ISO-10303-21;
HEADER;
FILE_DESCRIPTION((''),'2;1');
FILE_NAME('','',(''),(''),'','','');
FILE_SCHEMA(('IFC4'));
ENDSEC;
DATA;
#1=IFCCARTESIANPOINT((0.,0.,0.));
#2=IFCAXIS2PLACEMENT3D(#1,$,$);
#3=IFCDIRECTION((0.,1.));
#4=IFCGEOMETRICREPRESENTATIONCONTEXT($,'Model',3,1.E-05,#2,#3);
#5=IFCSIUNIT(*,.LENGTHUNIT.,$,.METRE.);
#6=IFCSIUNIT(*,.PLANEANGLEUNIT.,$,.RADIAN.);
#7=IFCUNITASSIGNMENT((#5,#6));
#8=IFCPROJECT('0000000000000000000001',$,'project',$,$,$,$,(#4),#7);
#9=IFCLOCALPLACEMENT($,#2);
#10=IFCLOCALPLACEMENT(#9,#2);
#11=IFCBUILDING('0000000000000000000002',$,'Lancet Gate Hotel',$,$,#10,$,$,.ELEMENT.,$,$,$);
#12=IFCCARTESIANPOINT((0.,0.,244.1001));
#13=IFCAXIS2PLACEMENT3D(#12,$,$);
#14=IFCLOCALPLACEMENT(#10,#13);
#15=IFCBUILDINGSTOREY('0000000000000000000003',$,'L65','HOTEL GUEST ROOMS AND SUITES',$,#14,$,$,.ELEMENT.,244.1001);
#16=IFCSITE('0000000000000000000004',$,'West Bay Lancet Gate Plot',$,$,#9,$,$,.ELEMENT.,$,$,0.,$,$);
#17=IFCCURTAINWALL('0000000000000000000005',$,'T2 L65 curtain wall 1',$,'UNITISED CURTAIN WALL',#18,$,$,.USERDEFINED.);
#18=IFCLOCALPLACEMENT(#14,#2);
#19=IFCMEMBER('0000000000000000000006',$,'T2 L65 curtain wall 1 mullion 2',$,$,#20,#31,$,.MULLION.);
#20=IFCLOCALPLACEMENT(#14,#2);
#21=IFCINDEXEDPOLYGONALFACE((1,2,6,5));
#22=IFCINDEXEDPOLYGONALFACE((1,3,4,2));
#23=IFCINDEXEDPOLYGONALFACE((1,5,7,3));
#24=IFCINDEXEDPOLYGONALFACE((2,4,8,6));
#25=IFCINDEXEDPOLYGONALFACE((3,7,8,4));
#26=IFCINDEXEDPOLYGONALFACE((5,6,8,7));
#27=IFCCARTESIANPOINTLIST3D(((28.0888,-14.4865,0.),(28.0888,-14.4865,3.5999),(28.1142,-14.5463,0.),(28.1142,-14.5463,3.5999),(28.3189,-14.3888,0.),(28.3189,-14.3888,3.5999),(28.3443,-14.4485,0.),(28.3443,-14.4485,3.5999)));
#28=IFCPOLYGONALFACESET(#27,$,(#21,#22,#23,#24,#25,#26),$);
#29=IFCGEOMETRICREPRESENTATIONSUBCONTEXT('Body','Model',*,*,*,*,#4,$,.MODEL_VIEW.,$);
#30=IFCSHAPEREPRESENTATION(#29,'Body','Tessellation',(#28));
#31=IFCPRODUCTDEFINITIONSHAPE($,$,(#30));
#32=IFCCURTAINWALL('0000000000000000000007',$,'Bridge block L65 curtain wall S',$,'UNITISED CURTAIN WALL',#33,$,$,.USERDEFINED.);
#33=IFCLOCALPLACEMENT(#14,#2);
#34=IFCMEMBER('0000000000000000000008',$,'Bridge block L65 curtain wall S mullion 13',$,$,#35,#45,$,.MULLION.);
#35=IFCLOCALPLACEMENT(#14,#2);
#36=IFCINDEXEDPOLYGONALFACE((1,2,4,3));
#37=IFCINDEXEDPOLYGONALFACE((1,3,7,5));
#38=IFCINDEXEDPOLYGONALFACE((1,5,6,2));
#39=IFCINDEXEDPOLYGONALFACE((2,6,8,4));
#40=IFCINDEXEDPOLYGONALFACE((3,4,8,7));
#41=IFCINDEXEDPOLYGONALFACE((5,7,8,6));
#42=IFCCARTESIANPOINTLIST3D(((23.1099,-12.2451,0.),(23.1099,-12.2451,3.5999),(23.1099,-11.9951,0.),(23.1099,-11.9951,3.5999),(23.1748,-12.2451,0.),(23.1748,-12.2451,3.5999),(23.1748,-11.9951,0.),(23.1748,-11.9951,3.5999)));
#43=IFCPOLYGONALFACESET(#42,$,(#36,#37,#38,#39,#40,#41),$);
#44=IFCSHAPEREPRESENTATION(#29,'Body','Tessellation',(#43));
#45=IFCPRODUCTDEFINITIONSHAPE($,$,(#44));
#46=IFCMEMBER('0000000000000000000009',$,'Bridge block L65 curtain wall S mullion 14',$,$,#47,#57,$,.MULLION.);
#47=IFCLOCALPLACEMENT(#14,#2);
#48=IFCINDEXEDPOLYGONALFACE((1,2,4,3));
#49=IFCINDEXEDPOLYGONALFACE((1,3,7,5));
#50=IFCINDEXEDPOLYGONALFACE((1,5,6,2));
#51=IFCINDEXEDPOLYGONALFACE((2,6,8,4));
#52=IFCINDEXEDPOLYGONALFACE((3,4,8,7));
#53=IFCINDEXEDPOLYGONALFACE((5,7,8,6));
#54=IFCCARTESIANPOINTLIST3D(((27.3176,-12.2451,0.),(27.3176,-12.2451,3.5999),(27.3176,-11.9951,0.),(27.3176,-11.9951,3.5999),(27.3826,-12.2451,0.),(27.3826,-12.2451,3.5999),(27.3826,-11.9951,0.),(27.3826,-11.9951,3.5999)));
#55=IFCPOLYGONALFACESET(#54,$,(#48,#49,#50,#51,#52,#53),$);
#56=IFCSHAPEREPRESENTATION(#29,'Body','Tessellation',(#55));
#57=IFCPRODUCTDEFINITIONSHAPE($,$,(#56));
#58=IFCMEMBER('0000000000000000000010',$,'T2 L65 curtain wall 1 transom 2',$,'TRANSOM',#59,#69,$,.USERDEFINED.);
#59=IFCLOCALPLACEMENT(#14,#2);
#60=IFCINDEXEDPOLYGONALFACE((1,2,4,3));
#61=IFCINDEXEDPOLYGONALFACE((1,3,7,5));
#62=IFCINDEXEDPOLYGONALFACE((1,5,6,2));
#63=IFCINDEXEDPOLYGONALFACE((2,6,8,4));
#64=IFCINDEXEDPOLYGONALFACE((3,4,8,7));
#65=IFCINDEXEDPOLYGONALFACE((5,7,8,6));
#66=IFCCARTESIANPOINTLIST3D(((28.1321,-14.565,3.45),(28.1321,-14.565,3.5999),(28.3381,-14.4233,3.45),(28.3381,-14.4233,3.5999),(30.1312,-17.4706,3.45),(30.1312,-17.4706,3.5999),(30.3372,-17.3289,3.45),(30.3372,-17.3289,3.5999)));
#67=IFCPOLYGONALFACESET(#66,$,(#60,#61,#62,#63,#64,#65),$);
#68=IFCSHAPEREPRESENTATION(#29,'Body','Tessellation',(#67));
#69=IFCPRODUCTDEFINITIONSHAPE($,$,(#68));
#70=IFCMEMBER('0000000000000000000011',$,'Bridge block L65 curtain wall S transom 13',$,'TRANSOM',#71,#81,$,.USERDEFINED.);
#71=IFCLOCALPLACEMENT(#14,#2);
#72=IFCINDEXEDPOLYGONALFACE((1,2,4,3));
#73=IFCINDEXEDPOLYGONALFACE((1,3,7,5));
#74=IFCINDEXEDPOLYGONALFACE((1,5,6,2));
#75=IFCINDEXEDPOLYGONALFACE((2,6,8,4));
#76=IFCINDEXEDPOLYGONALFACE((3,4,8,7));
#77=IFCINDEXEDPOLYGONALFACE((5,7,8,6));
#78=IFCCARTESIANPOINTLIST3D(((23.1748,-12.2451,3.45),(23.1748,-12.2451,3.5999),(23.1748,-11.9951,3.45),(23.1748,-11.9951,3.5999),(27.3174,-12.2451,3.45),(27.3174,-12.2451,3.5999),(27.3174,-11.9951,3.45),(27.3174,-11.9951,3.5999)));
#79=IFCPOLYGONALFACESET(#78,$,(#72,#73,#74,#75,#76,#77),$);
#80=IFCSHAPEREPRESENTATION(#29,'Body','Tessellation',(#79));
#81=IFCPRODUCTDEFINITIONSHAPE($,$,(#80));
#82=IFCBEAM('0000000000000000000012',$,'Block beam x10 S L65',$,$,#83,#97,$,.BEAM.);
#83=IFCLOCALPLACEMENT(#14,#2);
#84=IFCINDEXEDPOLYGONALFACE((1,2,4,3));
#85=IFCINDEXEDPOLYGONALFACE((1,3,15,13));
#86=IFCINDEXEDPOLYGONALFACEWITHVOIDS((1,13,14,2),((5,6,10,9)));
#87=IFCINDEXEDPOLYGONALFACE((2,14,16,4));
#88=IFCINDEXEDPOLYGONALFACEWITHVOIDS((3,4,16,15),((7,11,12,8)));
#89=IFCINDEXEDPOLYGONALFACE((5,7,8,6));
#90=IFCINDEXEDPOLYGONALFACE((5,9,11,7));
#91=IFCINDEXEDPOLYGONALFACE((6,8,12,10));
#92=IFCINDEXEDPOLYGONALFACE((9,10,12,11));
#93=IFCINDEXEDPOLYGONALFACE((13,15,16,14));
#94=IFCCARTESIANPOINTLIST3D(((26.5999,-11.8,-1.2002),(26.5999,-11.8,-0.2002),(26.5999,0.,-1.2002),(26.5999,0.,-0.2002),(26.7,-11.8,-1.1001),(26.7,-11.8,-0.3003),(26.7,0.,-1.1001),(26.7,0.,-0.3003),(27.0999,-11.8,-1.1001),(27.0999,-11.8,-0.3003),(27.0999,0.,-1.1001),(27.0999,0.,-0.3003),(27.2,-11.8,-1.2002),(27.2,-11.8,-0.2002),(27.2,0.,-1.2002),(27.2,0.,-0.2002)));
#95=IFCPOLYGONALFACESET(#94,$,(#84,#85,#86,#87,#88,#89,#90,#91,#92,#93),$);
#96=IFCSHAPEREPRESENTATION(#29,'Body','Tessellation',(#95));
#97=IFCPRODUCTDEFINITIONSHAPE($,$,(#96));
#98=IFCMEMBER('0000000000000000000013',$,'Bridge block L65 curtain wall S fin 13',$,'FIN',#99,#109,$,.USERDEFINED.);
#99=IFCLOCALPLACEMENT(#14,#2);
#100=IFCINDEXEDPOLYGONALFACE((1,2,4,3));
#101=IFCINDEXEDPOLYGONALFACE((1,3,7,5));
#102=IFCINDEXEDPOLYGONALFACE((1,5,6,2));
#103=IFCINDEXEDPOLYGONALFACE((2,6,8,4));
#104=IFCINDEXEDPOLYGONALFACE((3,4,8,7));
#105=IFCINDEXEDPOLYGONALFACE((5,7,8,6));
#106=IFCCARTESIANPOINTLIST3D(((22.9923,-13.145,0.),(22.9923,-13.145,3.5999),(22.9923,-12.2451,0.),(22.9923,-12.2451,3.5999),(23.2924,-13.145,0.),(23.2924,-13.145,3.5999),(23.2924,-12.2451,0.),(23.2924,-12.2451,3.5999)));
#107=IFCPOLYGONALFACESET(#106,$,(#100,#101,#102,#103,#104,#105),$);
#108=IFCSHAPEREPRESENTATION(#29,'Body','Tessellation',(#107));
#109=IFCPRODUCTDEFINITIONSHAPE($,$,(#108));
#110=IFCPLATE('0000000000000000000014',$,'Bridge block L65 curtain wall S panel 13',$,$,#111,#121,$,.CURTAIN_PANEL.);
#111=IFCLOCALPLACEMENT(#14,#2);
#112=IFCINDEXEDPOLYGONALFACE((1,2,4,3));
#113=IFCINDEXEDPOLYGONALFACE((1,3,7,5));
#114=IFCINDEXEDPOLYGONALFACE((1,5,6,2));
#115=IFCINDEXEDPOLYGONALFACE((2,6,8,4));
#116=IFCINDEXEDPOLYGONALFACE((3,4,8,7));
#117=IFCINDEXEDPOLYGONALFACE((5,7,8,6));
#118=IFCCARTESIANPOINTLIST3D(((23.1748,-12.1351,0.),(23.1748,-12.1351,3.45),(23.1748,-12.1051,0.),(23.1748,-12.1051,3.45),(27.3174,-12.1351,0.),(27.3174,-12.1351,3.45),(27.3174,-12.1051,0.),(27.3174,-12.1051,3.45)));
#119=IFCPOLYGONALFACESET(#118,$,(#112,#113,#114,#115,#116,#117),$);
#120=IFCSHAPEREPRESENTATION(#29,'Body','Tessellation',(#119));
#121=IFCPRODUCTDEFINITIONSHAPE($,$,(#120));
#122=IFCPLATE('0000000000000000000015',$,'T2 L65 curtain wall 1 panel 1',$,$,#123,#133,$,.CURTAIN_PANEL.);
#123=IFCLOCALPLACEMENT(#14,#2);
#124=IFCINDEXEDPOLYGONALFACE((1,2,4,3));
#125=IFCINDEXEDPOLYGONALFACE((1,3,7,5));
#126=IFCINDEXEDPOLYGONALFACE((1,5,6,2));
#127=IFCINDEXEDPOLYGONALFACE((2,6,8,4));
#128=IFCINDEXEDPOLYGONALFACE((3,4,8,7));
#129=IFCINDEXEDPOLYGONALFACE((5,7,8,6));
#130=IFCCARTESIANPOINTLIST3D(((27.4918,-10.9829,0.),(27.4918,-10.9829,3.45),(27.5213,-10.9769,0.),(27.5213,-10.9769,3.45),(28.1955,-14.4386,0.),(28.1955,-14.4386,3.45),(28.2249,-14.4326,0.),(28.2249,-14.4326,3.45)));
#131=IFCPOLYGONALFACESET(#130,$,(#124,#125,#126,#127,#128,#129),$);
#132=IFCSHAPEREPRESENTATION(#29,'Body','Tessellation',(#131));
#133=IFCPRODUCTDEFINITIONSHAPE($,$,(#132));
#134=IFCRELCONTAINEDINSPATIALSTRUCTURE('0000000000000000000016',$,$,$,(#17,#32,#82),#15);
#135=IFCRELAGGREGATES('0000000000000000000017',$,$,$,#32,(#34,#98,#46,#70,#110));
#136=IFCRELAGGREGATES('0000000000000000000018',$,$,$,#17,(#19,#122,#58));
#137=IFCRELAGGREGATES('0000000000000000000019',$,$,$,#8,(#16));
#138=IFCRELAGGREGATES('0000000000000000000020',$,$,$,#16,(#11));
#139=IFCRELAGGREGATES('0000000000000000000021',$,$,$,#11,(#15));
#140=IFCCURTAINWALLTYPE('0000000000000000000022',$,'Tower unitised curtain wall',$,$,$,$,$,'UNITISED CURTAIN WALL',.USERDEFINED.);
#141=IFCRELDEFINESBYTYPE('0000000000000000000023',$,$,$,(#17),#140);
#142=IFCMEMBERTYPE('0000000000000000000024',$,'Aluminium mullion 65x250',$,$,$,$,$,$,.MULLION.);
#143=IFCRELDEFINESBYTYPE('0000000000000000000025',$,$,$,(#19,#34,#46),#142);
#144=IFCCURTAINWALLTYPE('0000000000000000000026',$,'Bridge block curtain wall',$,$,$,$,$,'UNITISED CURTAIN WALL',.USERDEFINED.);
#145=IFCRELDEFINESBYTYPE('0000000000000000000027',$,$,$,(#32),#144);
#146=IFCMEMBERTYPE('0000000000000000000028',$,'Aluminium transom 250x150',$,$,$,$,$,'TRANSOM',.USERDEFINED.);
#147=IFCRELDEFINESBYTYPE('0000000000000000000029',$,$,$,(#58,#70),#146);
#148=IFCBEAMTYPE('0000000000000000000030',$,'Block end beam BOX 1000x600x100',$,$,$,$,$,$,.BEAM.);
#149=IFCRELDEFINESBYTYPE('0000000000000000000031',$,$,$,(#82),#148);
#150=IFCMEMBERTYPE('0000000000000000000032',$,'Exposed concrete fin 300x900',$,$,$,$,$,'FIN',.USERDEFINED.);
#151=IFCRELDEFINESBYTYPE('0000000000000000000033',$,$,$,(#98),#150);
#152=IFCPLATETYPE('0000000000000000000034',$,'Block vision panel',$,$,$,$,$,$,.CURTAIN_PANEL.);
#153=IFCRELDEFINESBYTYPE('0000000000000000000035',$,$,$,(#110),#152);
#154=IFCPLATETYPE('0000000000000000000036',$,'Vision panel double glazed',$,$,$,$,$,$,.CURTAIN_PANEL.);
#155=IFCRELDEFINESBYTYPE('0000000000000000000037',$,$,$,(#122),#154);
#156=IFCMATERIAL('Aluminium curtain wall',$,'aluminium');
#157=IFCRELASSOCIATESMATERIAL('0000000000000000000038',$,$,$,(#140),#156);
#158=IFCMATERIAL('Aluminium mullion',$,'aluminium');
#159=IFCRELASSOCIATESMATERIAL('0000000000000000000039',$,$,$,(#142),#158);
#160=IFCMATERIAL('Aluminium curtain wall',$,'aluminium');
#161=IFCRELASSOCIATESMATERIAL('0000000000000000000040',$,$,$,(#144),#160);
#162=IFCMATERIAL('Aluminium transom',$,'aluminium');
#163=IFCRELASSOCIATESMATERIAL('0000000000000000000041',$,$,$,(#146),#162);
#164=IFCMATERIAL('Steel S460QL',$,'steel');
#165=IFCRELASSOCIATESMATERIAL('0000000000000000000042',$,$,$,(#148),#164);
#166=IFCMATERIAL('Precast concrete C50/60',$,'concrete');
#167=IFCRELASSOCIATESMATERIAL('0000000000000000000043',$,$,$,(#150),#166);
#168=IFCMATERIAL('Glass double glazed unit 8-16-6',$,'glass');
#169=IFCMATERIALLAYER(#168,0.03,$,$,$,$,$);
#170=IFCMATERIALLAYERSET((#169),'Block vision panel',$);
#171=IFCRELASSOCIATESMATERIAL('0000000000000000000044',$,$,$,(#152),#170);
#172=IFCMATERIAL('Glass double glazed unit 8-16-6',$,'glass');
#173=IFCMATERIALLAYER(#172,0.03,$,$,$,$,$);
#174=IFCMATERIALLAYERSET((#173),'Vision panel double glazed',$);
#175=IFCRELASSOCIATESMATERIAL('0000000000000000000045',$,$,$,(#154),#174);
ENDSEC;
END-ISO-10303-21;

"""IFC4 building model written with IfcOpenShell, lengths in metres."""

from ifc_helpers import new_model, si_unit, direction, frame, origin, origin_2d, place, context, subcontext, project, spatial, rectangle, hollow_rectangle, extrude, material, layer, layer_set, material_profile, profile_set, type_object, element, aggregate, save


model = new_model("IFC4")

# Units and contexts
model_context = context("Model", 3, precision=1e-05, world=origin(), true_north=direction((0.0, 1.0)))
body_context = subcontext(model_context, "Body", "Model", "MODEL_VIEW")
ifc_project = project(units=[si_unit("LENGTHUNIT", "METRE"), si_unit("PLANEANGLEUNIT", "RADIAN")], contexts=[model_context])

# Site, building, storey
site_placement = place(None, origin())
site = spatial("IfcSite", under=ifc_project, at=site_placement, Name="West Bay Lancet Gate Plot", CompositionType="ELEMENT", RefElevation=0.0)
building_placement = place(site_placement, origin())
building = spatial("IfcBuilding", under=site, at=building_placement, Name="Lancet Gate Hotel", CompositionType="ELEMENT")
storey_placement = place(building_placement, frame((0.0, 0.0, 244.1001)))
storey = spatial("IfcBuildingStorey", under=building, at=storey_placement, Name="L65", Description="HOTEL GUEST ROOMS AND SUITES", CompositionType="ELEMENT", Elevation=244.1001)

# Curtain wall, member
ifc_material_1 = material(Name="Aluminium curtain wall", Category="aluminium")
curtain_wall_type_1 = type_object("IfcCurtainWallType", Name="Tower unitised curtain wall", ElementType="UNITISED CURTAIN WALL", PredefinedType="USERDEFINED", material=ifc_material_1)
curtain_wall_1_placement = place(storey_placement, origin())
curtain_wall_1 = element("IfcCurtainWall", 1, at=curtain_wall_1_placement, inside=storey, type_object=curtain_wall_type_1, Name="T2 L65 curtain wall 1", ObjectType="UNITISED CURTAIN WALL", PredefinedType="USERDEFINED")
ifc_material_2 = material(Name="Aluminium mullion", Category="aluminium")
ifc_material_profile_1 = material_profile(ifc_material_2, rectangle(XDim=0.0649, YDim=0.25, at=origin_2d()), Name="MULLION 65x250")
ifc_profile_set_1 = profile_set([ifc_material_profile_1], Name="Aluminium mullion")
member_type_1 = type_object("IfcMemberType", Name="Aluminium mullion 65x250", PredefinedType="MULLION", material=ifc_profile_set_1)
member_1_placement = place(storey_placement, frame((28.2166, -14.4675, 0.0), z_axis=(0.0, 0.0, 1.0), x_axis=(0.391042, -0.920373, 0.0)))
member_1 = element("IfcMember", 2, at=member_1_placement, type_object=member_type_1, Name="T2 L65 curtain wall 1 mullion 2", PredefinedType="MULLION", context=body_context, shape_type="SweptSolid", body=[
    extrude(rectangle(XDim=0.0649, YDim=0.25, at=origin_2d()), origin(), (0.0, 0.0, 1.0), 3.5999),
])

# Curtain wall, members
ifc_material_3 = material(Name="Aluminium curtain wall", Category="aluminium")
curtain_wall_type_2 = type_object("IfcCurtainWallType", Name="Bridge block curtain wall", ElementType="UNITISED CURTAIN WALL", PredefinedType="USERDEFINED", material=ifc_material_3)
curtain_wall_2_placement = place(storey_placement, origin())
curtain_wall_2 = element("IfcCurtainWall", 3, at=curtain_wall_2_placement, inside=storey, type_object=curtain_wall_type_2, Name="Bridge block L65 curtain wall S", ObjectType="UNITISED CURTAIN WALL", PredefinedType="USERDEFINED")
member_2_placement = place(storey_placement, frame((23.1423, -12.1201, 0.0), z_axis=(0.0, 0.0, 1.0), x_axis=(1.0, 0.0, 0.0)))
member_2 = element("IfcMember", 4, at=member_2_placement, type_object=member_type_1, Name="Bridge block L65 curtain wall S mullion 13", PredefinedType="MULLION", context=body_context, shape_type="SweptSolid", body=[
    extrude(rectangle(XDim=0.0649, YDim=0.25, at=origin_2d()), origin(), (0.0, 0.0, 1.0), 3.5999),
])
member_3_placement = place(storey_placement, frame((27.3501, -12.1201, 0.0), z_axis=(0.0, 0.0, 1.0), x_axis=(1.0, 0.0, 0.0)))
member_3 = element("IfcMember", 5, at=member_3_placement, type_object=member_type_1, Name="Bridge block L65 curtain wall S mullion 14", PredefinedType="MULLION", context=body_context, shape_type="SweptSolid", body=[
    extrude(rectangle(XDim=0.0649, YDim=0.25, at=origin_2d()), origin(), (0.0, 0.0, 1.0), 3.5999),
])

# Members
ifc_material_4 = material(Name="Aluminium transom", Category="aluminium")
ifc_material_profile_2 = material_profile(ifc_material_4, rectangle(XDim=0.25, YDim=0.1499, at=origin_2d()), Name="TRANSOM 250x150")
ifc_profile_set_2 = profile_set([ifc_material_profile_2], Name="Aluminium transom")
member_type_2 = type_object("IfcMemberType", Name="Aluminium transom 250x150", ElementType="TRANSOM", PredefinedType="USERDEFINED", material=ifc_profile_set_2)
member_4_placement = place(storey_placement, frame((28.2351, -14.4941, 3.5249), z_axis=(0.566814, -0.823846, 0.0), x_axis=(0.823846, 0.566814, 0.0)))
member_4 = element("IfcMember", 6, at=member_4_placement, type_object=member_type_2, Name="T2 L65 curtain wall 1 transom 2", ObjectType="TRANSOM", PredefinedType="USERDEFINED", context=body_context, shape_type="SweptSolid", body=[
    extrude(rectangle(XDim=0.25, YDim=0.1499, at=origin_2d()), origin(), (0.0, 0.0, 1.0), 3.5269),
])
member_5_placement = place(storey_placement, frame((23.1748, -12.1201, 3.5249), z_axis=(1.0, 0.0, 0.0), x_axis=(0.0, 1.0, 0.0)))
member_5 = element("IfcMember", 7, at=member_5_placement, type_object=member_type_2, Name="Bridge block L65 curtain wall S transom 13", ObjectType="TRANSOM", PredefinedType="USERDEFINED", context=body_context, shape_type="SweptSolid", body=[
    extrude(rectangle(XDim=0.25, YDim=0.1499, at=origin_2d()), origin(), (0.0, 0.0, 1.0), 4.1426),
])

# Beam
ifc_material_5 = material(Name="Steel S460QL", Category="steel")
ifc_material_profile_3 = material_profile(ifc_material_5, hollow_rectangle(XDim=0.6001, YDim=1.0, WallThickness=0.1001, at=origin_2d()), Name="BOX 1000x600x100")
ifc_profile_set_3 = profile_set([ifc_material_profile_3], Name="Steel S460QL")
beam_type = type_object("IfcBeamType", Name="Block end beam BOX 1000x600x100", PredefinedType="BEAM", material=ifc_profile_set_3)
beam_placement = place(storey_placement, frame((26.8999, -11.8, -0.7002), z_axis=(0.0, 1.0, 0.0), x_axis=(-1.0, 0.0, 0.0)))
element("IfcBeam", 8, at=beam_placement, inside=storey, type_object=beam_type, Name="Block beam x10 S L65", PredefinedType="BEAM", context=body_context, shape_type="SweptSolid", body=[
    extrude(hollow_rectangle(XDim=0.6001, YDim=1.0, WallThickness=0.1001, at=origin_2d()), origin(), (0.0, 0.0, 1.0), 11.8),
])

# Member
ifc_material_6 = material(Name="Precast concrete C50/60", Category="concrete")
ifc_material_profile_4 = material_profile(ifc_material_6, rectangle(XDim=0.3, YDim=0.8999, at=origin_2d()), Name="FIN 300x900")
ifc_profile_set_4 = profile_set([ifc_material_profile_4], Name="Precast concrete C50/60")
member_type_3 = type_object("IfcMemberType", Name="Exposed concrete fin 300x900", ElementType="FIN", PredefinedType="USERDEFINED", material=ifc_profile_set_4)
member_6_placement = place(storey_placement, frame((23.1423, -12.6951, 0.0), z_axis=(0.0, 0.0, 1.0), x_axis=(1.0, 0.0, 0.0)))
member_6 = element("IfcMember", 9, at=member_6_placement, type_object=member_type_3, Name="Bridge block L65 curtain wall S fin 13", ObjectType="FIN", PredefinedType="USERDEFINED", context=body_context, shape_type="SweptSolid", body=[
    extrude(rectangle(XDim=0.3, YDim=0.8999, at=origin_2d()), origin(), (0.0, 0.0, 1.0), 3.5999),
])

# Plates
ifc_material_7 = material(Name="Glass double glazed unit 8-16-6", Category="glass")
ifc_layer_1 = layer(ifc_material_7, 0.03)
ifc_layer_set_1 = layer_set([ifc_layer_1], Name="Block vision panel")
plate_type_1 = type_object("IfcPlateType", Name="Block vision panel", PredefinedType="CURTAIN_PANEL", material=ifc_layer_set_1)
plate_1_placement = place(storey_placement, frame((25.2461, -12.1201, 0.0), z_axis=(0.0, 0.0, 1.0), x_axis=(1.0, 0.0, 0.0)))
plate_1 = element("IfcPlate", 10, at=plate_1_placement, type_object=plate_type_1, Name="Bridge block L65 curtain wall S panel 13", PredefinedType="CURTAIN_PANEL", context=body_context, shape_type="SweptSolid", body=[
    extrude(rectangle(XDim=4.1426, YDim=0.03, at=origin_2d()), origin(), (0.0, 0.0, 1.0), 3.45),
])
aggregate(curtain_wall_2, [member_2, member_6, member_3, member_5, plate_1])
ifc_material_8 = material(Name="Glass double glazed unit 8-16-6", Category="glass")
ifc_layer_2 = layer(ifc_material_8, 0.03)
ifc_layer_set_2 = layer_set([ifc_layer_2], Name="Vision panel double glazed")
plate_type_2 = type_object("IfcPlateType", Name="Vision panel double glazed", PredefinedType="CURTAIN_PANEL", material=ifc_layer_set_2)
plate_2_placement = place(storey_placement, frame((27.8584, -12.7078, 0.0), z_axis=(0.0, 0.0, 1.0), x_axis=(0.199533, -0.979891, 0.0)))
plate_2 = element("IfcPlate", 11, at=plate_2_placement, type_object=plate_type_2, Name="T2 L65 curtain wall 1 panel 1", PredefinedType="CURTAIN_PANEL", context=body_context, shape_type="SweptSolid", body=[
    extrude(rectangle(XDim=3.5266, YDim=0.03, at=origin_2d()), origin(), (0.0, 0.0, 1.0), 3.45),
])
aggregate(curtain_wall_1, [member_1, plate_2, member_4])

save(model, "model.ifc")
